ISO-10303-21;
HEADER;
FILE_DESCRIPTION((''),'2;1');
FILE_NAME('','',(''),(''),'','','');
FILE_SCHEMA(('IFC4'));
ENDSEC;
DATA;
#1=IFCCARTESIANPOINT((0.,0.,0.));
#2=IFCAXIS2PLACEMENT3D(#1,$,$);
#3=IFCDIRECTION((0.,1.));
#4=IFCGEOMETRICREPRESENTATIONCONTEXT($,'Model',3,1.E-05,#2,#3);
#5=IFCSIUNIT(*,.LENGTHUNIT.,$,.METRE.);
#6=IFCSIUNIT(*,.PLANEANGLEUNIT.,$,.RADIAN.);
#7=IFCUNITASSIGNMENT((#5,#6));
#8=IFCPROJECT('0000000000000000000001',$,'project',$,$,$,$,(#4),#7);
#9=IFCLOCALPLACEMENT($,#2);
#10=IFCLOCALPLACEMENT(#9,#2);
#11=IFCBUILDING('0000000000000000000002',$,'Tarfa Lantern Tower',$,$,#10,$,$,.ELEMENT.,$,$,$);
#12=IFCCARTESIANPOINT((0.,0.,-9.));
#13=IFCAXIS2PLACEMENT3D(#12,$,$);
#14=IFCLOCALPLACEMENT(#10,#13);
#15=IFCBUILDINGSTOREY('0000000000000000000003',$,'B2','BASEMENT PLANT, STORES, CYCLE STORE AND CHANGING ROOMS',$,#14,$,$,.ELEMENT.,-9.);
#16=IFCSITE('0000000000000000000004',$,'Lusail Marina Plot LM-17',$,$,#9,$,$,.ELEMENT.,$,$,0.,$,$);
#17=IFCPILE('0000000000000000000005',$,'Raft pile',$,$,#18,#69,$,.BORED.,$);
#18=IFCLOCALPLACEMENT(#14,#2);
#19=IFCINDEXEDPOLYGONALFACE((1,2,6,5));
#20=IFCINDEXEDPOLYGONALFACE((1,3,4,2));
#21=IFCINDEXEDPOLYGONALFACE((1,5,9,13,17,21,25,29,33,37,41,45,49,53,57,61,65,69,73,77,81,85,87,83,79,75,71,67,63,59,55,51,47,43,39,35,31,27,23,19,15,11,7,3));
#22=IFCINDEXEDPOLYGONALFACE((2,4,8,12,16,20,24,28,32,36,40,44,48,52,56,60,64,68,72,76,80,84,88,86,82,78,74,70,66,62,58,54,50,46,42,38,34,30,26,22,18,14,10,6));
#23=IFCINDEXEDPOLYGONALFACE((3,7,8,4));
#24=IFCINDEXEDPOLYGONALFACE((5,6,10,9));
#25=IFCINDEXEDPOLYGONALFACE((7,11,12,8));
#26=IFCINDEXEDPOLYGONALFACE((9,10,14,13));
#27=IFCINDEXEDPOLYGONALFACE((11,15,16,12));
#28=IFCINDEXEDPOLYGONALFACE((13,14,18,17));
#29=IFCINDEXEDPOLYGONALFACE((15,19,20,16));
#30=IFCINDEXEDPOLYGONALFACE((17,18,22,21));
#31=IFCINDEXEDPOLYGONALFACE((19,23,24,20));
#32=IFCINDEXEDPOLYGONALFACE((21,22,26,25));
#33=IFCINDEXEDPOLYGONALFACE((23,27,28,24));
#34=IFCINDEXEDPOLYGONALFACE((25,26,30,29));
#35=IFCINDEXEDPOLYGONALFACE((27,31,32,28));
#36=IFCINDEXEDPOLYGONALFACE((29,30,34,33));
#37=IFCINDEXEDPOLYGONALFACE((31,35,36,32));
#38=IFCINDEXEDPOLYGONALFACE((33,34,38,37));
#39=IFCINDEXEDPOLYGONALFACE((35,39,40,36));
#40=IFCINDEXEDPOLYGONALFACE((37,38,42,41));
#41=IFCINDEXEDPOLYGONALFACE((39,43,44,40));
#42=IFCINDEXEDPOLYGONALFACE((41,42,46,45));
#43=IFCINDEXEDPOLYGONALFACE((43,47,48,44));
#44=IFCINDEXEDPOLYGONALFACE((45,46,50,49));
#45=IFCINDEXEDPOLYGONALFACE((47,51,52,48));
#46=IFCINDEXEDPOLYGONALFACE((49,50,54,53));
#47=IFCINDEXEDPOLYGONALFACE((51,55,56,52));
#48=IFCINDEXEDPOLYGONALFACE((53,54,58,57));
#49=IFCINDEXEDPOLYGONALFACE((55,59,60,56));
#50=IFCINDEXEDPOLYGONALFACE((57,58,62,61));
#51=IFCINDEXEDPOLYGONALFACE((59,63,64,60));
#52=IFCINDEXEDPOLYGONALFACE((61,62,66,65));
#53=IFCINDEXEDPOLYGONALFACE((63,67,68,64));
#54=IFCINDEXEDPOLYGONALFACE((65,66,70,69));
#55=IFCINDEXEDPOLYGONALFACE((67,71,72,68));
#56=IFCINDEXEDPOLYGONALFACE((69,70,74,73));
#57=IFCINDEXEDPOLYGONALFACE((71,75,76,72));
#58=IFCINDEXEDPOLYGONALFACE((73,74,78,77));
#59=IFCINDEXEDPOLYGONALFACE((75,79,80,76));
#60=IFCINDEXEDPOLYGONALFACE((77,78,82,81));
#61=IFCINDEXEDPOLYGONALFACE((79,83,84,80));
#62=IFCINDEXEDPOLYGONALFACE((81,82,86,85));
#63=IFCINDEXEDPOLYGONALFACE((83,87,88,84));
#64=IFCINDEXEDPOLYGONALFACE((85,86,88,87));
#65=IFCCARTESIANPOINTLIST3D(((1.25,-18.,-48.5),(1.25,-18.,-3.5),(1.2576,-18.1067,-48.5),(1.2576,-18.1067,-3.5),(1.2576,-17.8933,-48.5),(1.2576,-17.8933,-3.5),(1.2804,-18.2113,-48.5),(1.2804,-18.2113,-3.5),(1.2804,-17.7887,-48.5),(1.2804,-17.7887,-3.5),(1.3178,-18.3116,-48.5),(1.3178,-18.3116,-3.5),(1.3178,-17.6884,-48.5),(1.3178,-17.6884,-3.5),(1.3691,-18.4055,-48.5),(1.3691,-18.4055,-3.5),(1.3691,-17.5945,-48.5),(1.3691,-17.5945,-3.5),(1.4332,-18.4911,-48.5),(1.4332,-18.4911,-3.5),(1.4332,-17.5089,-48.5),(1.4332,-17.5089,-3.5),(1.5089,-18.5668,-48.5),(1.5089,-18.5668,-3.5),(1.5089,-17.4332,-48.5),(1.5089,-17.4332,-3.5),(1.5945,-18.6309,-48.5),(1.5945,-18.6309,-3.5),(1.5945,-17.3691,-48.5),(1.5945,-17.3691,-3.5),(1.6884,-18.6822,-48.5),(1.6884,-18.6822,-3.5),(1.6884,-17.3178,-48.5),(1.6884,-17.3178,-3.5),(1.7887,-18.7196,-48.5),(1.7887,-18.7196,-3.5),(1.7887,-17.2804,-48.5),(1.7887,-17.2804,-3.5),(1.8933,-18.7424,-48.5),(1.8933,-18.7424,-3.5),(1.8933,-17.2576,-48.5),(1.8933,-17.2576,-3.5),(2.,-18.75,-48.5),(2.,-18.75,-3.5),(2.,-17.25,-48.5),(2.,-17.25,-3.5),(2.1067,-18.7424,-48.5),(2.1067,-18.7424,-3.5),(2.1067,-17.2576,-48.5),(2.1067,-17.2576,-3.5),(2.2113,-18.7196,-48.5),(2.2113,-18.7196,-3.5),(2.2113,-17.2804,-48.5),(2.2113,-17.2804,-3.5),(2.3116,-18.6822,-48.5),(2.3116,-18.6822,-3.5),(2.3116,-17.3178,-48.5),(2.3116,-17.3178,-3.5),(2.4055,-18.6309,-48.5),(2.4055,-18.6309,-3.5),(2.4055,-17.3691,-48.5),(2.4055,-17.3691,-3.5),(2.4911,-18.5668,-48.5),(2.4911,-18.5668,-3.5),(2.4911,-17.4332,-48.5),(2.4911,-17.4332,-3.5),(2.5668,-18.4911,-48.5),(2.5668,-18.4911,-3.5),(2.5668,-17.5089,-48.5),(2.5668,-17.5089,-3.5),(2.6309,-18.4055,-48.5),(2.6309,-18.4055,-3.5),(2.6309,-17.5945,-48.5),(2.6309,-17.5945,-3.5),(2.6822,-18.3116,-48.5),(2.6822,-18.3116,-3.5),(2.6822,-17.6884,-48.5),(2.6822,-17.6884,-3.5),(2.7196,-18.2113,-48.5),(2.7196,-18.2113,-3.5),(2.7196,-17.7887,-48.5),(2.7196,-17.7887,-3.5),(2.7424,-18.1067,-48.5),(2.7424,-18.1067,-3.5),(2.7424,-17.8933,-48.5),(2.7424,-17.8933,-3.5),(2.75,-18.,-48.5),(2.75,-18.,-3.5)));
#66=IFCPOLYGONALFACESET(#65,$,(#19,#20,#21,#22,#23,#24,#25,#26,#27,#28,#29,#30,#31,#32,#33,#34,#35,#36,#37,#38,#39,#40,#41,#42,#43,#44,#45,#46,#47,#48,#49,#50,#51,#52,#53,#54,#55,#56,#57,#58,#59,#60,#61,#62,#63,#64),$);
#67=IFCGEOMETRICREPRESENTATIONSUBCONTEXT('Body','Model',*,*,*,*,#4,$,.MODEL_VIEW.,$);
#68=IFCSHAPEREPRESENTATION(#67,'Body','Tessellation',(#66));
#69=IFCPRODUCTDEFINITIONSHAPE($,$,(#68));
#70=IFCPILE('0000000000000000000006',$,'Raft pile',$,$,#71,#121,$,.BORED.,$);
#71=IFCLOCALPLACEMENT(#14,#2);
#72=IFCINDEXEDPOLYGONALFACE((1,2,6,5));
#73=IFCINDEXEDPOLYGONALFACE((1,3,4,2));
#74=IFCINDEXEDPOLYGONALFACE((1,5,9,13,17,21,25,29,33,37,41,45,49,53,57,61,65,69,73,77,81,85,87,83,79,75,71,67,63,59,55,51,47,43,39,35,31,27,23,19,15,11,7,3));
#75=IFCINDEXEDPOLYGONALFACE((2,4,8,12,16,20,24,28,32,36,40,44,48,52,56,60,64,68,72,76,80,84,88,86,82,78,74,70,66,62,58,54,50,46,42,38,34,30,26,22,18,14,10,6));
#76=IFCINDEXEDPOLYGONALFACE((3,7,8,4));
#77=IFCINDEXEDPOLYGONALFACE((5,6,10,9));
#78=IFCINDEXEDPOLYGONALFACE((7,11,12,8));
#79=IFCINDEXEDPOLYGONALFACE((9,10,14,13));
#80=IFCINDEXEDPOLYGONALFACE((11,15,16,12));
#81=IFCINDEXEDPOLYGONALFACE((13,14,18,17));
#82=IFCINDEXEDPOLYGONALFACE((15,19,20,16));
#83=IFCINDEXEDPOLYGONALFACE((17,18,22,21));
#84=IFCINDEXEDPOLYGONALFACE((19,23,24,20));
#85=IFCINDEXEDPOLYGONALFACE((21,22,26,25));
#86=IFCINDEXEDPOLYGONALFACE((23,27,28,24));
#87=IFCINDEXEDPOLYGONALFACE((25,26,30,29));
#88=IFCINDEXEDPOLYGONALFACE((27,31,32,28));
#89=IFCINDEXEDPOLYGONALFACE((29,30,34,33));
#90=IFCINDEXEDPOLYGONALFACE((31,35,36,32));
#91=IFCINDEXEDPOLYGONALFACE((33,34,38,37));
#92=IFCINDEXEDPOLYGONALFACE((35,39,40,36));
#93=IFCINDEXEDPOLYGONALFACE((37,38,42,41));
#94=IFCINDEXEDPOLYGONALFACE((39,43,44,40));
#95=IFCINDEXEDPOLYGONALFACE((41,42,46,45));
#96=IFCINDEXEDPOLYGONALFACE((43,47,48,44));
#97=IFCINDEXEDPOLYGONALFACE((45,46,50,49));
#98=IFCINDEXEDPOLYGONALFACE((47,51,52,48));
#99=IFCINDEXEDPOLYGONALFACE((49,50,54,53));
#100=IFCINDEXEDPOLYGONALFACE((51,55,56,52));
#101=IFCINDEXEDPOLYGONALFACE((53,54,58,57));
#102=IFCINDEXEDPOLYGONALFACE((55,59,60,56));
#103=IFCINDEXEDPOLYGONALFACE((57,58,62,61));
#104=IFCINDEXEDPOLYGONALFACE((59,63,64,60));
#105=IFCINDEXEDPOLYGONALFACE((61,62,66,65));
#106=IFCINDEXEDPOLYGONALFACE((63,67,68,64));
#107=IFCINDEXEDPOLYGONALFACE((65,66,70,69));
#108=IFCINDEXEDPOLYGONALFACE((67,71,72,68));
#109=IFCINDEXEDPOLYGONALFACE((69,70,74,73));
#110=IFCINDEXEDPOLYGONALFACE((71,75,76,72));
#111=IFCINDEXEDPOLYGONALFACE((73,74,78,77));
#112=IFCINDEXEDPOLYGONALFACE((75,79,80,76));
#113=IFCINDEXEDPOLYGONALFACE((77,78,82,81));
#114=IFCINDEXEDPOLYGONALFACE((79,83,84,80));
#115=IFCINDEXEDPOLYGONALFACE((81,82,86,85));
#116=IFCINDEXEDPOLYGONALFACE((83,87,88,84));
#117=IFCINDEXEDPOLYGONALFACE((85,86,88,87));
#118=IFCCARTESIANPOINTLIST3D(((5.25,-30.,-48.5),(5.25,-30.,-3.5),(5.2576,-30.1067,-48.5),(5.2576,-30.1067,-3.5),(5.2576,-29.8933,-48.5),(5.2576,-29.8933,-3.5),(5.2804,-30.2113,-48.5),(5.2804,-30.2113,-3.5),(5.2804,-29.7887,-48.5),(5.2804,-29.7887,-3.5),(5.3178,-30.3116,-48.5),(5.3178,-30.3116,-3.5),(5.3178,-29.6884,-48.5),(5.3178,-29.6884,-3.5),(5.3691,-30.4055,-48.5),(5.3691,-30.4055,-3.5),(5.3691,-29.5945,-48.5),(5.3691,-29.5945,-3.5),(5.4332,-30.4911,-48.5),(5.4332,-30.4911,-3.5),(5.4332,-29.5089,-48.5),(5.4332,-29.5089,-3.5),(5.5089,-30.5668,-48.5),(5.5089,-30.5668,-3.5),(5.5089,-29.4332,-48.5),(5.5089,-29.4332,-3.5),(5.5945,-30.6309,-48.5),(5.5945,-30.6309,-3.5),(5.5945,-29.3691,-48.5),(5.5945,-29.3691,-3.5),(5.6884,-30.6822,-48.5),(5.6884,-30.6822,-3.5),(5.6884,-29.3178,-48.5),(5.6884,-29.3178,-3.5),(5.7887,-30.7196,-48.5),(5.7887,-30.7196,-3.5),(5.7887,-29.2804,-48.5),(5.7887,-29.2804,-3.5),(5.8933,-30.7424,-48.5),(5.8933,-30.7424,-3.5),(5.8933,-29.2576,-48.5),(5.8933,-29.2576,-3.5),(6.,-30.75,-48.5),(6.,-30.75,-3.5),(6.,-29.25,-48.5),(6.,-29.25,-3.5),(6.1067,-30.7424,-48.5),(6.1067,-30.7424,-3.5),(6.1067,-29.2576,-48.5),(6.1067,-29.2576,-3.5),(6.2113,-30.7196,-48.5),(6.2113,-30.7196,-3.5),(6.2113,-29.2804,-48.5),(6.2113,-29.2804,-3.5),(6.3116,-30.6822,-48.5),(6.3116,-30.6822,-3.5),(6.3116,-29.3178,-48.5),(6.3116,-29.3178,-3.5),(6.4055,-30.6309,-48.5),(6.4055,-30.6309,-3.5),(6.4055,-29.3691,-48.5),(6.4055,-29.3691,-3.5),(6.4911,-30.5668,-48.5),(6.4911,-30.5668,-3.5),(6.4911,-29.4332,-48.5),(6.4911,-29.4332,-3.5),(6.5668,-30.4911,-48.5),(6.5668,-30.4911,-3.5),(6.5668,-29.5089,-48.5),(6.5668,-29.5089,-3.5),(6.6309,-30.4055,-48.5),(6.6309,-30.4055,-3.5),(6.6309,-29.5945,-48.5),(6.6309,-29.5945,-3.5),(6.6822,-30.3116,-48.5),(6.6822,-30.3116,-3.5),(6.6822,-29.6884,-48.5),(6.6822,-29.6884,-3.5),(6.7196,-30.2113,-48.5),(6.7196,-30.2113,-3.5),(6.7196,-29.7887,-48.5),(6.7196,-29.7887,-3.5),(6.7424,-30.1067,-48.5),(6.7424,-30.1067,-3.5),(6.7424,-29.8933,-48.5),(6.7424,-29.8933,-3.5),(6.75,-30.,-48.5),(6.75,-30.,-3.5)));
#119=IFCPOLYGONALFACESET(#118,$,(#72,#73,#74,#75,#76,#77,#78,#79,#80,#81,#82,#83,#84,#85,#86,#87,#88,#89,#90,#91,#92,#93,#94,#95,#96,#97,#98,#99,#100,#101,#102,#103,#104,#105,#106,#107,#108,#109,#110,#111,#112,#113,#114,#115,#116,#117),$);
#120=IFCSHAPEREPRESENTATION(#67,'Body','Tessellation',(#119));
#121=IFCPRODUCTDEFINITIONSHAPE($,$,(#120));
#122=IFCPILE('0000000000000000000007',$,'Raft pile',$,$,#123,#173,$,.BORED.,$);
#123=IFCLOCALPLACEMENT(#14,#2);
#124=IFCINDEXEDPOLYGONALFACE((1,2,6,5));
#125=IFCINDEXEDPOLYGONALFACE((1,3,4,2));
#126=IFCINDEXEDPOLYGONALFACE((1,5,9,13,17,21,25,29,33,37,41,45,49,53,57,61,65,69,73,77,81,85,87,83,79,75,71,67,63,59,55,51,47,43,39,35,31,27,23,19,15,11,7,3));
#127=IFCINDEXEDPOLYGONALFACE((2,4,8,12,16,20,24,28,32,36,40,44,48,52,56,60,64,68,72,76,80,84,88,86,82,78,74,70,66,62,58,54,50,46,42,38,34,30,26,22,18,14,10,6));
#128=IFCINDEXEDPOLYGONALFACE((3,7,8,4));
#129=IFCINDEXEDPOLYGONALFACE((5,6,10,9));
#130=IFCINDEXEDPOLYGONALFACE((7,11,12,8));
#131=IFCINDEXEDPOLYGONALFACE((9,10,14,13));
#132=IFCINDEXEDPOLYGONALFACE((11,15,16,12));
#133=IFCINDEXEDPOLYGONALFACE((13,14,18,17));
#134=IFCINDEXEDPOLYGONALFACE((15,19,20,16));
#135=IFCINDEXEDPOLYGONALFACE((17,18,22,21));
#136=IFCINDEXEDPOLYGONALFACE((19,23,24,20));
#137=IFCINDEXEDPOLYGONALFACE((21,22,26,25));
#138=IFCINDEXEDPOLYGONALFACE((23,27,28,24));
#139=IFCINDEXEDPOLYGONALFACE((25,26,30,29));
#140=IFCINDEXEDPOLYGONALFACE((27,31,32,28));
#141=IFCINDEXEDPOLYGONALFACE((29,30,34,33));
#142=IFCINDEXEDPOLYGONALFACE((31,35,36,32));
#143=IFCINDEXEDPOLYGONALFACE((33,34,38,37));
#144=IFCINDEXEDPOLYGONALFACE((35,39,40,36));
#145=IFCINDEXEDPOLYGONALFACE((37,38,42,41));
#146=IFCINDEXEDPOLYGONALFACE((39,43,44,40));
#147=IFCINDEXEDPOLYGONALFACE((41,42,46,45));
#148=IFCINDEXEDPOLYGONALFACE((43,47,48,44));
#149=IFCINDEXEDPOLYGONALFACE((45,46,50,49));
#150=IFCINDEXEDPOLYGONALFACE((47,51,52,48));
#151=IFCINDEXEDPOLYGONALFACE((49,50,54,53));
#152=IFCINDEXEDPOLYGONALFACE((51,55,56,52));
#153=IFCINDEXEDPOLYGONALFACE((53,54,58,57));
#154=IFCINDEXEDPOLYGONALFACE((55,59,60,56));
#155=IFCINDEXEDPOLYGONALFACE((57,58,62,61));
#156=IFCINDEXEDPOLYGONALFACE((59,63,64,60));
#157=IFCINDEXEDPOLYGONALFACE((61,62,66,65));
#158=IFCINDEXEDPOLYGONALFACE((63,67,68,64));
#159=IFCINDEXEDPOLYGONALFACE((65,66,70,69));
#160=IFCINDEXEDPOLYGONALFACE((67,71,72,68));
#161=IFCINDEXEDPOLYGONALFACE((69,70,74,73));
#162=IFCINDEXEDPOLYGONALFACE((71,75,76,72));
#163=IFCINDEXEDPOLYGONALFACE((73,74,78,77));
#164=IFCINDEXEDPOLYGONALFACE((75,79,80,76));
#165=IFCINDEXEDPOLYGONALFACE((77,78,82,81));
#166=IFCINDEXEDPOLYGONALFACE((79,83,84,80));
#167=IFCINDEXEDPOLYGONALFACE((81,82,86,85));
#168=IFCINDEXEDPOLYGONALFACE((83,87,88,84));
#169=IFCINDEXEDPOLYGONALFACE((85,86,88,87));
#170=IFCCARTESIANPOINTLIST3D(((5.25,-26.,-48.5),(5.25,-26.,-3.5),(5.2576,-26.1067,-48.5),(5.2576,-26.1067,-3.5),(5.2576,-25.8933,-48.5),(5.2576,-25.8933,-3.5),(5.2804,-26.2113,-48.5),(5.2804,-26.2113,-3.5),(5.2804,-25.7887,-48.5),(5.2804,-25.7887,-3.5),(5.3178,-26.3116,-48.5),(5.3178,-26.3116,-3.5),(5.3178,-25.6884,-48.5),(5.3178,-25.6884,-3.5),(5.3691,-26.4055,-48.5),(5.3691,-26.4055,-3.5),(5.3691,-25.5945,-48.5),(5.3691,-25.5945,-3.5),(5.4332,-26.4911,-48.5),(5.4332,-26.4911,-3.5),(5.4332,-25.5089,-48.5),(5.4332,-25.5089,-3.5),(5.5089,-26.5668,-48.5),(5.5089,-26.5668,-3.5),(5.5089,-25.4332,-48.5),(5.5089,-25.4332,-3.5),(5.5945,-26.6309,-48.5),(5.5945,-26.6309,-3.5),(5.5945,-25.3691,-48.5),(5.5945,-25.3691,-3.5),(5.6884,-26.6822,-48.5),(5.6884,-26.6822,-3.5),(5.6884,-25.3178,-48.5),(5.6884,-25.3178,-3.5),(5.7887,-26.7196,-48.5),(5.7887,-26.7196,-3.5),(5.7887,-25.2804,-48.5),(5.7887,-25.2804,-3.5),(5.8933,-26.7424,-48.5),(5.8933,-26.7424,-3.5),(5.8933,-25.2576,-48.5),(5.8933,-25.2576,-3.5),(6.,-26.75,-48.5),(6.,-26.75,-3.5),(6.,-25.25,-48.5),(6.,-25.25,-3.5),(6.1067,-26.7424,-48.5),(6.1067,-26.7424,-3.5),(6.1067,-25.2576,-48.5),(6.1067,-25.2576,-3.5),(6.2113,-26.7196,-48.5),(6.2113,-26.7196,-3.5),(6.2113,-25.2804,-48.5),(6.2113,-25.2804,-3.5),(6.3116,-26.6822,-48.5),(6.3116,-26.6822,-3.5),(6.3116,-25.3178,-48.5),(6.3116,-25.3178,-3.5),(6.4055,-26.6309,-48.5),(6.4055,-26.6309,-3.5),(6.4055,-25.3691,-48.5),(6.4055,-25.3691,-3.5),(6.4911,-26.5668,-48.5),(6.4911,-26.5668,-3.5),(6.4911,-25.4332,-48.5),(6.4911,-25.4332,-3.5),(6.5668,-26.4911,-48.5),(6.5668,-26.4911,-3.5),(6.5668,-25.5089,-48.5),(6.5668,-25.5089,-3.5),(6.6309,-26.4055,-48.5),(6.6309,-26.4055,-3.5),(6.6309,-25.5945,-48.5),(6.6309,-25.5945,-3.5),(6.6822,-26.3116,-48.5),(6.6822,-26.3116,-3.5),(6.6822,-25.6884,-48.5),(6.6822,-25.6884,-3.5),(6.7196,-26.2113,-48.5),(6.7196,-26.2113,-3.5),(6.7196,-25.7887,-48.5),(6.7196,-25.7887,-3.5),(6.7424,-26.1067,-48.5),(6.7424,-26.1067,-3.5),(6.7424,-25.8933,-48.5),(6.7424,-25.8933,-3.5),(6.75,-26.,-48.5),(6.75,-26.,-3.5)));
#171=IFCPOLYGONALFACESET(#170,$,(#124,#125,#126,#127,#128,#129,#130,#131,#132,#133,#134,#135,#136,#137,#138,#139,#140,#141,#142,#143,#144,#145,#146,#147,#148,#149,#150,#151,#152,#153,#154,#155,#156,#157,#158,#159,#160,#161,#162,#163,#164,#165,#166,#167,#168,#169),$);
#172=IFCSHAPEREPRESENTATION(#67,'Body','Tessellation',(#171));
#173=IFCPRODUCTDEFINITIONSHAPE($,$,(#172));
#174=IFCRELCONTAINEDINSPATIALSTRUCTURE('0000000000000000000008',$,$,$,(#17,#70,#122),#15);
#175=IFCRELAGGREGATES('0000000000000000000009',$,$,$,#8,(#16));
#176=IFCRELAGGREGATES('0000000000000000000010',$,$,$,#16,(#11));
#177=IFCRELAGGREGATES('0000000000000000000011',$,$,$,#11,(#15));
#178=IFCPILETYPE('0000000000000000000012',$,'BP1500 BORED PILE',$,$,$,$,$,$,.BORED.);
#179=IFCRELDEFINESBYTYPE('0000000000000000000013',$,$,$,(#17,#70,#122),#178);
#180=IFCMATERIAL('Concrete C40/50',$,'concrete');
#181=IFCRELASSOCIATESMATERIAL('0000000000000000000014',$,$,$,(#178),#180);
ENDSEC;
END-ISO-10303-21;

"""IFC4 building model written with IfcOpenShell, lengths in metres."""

from ifc_helpers import new_model, si_unit, direction, frame, origin, origin_2d, place, context, subcontext, project, spatial, circle, extrude, material, material_profile, profile_set, type_object, element, save


model = new_model("IFC4")

# Units and contexts
model_context = context("Model", 3, precision=1e-05, world=origin(), true_north=direction((0.0, 1.0)))
body_context = subcontext(model_context, "Body", "Model", "MODEL_VIEW")
ifc_project = project(units=[si_unit("LENGTHUNIT", "METRE"), si_unit("PLANEANGLEUNIT", "RADIAN")], contexts=[model_context])

# Site, building, storey
site_placement = place(None, origin())
site = spatial("IfcSite", under=ifc_project, at=site_placement, Name="Lusail Marina Plot LM-17", CompositionType="ELEMENT", RefElevation=0.0)
building_placement = place(site_placement, origin())
building = spatial("IfcBuilding", under=site, at=building_placement, Name="Tarfa Lantern Tower", CompositionType="ELEMENT")
storey_placement = place(building_placement, frame((0.0, 0.0, -9.0)))
storey = spatial("IfcBuildingStorey", under=building, at=storey_placement, Name="B2", Description="BASEMENT PLANT, STORES, CYCLE STORE AND CHANGING ROOMS", CompositionType="ELEMENT", Elevation=-9.0)

# Piles
ifc_material_1 = material(Name="Concrete C40/50", Category="concrete")
ifc_material_profile_1 = material_profile(ifc_material_1, circle(Radius=0.75, at=origin_2d()), Name="BORED PILE D1500")
ifc_profile_set_1 = profile_set([ifc_material_profile_1], Name="Concrete C40/50")
pile_type = type_object("IfcPileType", Name="BP1500 BORED PILE", PredefinedType="BORED", material=ifc_profile_set_1)
for number, where, z_axis, x_axis, name in (
    (1, (2.0, -18.0, -3.5), (0.0, 0.0, -1.0), (1.0, 0.0, 0.0), "Raft pile"),
    (2, (6.0, -30.0, -3.5), (0.0, 0.0, -1.0), (1.0, 0.0, 0.0), "Raft pile"),
    (3, (6.0, -26.0, -3.5), (0.0, 0.0, -1.0), (1.0, 0.0, 0.0), "Raft pile"),
):
    element("IfcPile", number, at=place(storey_placement, frame(where, z_axis=z_axis, x_axis=x_axis)), inside=storey, type_object=pile_type, Name=name, PredefinedType="BORED", context=body_context, shape_type="SweptSolid", body=[
        extrude(circle(Radius=0.75, at=origin_2d()), origin(), (0.0, 0.0, 1.0), 45.0),
    ])

save(model, "model.ifc")
